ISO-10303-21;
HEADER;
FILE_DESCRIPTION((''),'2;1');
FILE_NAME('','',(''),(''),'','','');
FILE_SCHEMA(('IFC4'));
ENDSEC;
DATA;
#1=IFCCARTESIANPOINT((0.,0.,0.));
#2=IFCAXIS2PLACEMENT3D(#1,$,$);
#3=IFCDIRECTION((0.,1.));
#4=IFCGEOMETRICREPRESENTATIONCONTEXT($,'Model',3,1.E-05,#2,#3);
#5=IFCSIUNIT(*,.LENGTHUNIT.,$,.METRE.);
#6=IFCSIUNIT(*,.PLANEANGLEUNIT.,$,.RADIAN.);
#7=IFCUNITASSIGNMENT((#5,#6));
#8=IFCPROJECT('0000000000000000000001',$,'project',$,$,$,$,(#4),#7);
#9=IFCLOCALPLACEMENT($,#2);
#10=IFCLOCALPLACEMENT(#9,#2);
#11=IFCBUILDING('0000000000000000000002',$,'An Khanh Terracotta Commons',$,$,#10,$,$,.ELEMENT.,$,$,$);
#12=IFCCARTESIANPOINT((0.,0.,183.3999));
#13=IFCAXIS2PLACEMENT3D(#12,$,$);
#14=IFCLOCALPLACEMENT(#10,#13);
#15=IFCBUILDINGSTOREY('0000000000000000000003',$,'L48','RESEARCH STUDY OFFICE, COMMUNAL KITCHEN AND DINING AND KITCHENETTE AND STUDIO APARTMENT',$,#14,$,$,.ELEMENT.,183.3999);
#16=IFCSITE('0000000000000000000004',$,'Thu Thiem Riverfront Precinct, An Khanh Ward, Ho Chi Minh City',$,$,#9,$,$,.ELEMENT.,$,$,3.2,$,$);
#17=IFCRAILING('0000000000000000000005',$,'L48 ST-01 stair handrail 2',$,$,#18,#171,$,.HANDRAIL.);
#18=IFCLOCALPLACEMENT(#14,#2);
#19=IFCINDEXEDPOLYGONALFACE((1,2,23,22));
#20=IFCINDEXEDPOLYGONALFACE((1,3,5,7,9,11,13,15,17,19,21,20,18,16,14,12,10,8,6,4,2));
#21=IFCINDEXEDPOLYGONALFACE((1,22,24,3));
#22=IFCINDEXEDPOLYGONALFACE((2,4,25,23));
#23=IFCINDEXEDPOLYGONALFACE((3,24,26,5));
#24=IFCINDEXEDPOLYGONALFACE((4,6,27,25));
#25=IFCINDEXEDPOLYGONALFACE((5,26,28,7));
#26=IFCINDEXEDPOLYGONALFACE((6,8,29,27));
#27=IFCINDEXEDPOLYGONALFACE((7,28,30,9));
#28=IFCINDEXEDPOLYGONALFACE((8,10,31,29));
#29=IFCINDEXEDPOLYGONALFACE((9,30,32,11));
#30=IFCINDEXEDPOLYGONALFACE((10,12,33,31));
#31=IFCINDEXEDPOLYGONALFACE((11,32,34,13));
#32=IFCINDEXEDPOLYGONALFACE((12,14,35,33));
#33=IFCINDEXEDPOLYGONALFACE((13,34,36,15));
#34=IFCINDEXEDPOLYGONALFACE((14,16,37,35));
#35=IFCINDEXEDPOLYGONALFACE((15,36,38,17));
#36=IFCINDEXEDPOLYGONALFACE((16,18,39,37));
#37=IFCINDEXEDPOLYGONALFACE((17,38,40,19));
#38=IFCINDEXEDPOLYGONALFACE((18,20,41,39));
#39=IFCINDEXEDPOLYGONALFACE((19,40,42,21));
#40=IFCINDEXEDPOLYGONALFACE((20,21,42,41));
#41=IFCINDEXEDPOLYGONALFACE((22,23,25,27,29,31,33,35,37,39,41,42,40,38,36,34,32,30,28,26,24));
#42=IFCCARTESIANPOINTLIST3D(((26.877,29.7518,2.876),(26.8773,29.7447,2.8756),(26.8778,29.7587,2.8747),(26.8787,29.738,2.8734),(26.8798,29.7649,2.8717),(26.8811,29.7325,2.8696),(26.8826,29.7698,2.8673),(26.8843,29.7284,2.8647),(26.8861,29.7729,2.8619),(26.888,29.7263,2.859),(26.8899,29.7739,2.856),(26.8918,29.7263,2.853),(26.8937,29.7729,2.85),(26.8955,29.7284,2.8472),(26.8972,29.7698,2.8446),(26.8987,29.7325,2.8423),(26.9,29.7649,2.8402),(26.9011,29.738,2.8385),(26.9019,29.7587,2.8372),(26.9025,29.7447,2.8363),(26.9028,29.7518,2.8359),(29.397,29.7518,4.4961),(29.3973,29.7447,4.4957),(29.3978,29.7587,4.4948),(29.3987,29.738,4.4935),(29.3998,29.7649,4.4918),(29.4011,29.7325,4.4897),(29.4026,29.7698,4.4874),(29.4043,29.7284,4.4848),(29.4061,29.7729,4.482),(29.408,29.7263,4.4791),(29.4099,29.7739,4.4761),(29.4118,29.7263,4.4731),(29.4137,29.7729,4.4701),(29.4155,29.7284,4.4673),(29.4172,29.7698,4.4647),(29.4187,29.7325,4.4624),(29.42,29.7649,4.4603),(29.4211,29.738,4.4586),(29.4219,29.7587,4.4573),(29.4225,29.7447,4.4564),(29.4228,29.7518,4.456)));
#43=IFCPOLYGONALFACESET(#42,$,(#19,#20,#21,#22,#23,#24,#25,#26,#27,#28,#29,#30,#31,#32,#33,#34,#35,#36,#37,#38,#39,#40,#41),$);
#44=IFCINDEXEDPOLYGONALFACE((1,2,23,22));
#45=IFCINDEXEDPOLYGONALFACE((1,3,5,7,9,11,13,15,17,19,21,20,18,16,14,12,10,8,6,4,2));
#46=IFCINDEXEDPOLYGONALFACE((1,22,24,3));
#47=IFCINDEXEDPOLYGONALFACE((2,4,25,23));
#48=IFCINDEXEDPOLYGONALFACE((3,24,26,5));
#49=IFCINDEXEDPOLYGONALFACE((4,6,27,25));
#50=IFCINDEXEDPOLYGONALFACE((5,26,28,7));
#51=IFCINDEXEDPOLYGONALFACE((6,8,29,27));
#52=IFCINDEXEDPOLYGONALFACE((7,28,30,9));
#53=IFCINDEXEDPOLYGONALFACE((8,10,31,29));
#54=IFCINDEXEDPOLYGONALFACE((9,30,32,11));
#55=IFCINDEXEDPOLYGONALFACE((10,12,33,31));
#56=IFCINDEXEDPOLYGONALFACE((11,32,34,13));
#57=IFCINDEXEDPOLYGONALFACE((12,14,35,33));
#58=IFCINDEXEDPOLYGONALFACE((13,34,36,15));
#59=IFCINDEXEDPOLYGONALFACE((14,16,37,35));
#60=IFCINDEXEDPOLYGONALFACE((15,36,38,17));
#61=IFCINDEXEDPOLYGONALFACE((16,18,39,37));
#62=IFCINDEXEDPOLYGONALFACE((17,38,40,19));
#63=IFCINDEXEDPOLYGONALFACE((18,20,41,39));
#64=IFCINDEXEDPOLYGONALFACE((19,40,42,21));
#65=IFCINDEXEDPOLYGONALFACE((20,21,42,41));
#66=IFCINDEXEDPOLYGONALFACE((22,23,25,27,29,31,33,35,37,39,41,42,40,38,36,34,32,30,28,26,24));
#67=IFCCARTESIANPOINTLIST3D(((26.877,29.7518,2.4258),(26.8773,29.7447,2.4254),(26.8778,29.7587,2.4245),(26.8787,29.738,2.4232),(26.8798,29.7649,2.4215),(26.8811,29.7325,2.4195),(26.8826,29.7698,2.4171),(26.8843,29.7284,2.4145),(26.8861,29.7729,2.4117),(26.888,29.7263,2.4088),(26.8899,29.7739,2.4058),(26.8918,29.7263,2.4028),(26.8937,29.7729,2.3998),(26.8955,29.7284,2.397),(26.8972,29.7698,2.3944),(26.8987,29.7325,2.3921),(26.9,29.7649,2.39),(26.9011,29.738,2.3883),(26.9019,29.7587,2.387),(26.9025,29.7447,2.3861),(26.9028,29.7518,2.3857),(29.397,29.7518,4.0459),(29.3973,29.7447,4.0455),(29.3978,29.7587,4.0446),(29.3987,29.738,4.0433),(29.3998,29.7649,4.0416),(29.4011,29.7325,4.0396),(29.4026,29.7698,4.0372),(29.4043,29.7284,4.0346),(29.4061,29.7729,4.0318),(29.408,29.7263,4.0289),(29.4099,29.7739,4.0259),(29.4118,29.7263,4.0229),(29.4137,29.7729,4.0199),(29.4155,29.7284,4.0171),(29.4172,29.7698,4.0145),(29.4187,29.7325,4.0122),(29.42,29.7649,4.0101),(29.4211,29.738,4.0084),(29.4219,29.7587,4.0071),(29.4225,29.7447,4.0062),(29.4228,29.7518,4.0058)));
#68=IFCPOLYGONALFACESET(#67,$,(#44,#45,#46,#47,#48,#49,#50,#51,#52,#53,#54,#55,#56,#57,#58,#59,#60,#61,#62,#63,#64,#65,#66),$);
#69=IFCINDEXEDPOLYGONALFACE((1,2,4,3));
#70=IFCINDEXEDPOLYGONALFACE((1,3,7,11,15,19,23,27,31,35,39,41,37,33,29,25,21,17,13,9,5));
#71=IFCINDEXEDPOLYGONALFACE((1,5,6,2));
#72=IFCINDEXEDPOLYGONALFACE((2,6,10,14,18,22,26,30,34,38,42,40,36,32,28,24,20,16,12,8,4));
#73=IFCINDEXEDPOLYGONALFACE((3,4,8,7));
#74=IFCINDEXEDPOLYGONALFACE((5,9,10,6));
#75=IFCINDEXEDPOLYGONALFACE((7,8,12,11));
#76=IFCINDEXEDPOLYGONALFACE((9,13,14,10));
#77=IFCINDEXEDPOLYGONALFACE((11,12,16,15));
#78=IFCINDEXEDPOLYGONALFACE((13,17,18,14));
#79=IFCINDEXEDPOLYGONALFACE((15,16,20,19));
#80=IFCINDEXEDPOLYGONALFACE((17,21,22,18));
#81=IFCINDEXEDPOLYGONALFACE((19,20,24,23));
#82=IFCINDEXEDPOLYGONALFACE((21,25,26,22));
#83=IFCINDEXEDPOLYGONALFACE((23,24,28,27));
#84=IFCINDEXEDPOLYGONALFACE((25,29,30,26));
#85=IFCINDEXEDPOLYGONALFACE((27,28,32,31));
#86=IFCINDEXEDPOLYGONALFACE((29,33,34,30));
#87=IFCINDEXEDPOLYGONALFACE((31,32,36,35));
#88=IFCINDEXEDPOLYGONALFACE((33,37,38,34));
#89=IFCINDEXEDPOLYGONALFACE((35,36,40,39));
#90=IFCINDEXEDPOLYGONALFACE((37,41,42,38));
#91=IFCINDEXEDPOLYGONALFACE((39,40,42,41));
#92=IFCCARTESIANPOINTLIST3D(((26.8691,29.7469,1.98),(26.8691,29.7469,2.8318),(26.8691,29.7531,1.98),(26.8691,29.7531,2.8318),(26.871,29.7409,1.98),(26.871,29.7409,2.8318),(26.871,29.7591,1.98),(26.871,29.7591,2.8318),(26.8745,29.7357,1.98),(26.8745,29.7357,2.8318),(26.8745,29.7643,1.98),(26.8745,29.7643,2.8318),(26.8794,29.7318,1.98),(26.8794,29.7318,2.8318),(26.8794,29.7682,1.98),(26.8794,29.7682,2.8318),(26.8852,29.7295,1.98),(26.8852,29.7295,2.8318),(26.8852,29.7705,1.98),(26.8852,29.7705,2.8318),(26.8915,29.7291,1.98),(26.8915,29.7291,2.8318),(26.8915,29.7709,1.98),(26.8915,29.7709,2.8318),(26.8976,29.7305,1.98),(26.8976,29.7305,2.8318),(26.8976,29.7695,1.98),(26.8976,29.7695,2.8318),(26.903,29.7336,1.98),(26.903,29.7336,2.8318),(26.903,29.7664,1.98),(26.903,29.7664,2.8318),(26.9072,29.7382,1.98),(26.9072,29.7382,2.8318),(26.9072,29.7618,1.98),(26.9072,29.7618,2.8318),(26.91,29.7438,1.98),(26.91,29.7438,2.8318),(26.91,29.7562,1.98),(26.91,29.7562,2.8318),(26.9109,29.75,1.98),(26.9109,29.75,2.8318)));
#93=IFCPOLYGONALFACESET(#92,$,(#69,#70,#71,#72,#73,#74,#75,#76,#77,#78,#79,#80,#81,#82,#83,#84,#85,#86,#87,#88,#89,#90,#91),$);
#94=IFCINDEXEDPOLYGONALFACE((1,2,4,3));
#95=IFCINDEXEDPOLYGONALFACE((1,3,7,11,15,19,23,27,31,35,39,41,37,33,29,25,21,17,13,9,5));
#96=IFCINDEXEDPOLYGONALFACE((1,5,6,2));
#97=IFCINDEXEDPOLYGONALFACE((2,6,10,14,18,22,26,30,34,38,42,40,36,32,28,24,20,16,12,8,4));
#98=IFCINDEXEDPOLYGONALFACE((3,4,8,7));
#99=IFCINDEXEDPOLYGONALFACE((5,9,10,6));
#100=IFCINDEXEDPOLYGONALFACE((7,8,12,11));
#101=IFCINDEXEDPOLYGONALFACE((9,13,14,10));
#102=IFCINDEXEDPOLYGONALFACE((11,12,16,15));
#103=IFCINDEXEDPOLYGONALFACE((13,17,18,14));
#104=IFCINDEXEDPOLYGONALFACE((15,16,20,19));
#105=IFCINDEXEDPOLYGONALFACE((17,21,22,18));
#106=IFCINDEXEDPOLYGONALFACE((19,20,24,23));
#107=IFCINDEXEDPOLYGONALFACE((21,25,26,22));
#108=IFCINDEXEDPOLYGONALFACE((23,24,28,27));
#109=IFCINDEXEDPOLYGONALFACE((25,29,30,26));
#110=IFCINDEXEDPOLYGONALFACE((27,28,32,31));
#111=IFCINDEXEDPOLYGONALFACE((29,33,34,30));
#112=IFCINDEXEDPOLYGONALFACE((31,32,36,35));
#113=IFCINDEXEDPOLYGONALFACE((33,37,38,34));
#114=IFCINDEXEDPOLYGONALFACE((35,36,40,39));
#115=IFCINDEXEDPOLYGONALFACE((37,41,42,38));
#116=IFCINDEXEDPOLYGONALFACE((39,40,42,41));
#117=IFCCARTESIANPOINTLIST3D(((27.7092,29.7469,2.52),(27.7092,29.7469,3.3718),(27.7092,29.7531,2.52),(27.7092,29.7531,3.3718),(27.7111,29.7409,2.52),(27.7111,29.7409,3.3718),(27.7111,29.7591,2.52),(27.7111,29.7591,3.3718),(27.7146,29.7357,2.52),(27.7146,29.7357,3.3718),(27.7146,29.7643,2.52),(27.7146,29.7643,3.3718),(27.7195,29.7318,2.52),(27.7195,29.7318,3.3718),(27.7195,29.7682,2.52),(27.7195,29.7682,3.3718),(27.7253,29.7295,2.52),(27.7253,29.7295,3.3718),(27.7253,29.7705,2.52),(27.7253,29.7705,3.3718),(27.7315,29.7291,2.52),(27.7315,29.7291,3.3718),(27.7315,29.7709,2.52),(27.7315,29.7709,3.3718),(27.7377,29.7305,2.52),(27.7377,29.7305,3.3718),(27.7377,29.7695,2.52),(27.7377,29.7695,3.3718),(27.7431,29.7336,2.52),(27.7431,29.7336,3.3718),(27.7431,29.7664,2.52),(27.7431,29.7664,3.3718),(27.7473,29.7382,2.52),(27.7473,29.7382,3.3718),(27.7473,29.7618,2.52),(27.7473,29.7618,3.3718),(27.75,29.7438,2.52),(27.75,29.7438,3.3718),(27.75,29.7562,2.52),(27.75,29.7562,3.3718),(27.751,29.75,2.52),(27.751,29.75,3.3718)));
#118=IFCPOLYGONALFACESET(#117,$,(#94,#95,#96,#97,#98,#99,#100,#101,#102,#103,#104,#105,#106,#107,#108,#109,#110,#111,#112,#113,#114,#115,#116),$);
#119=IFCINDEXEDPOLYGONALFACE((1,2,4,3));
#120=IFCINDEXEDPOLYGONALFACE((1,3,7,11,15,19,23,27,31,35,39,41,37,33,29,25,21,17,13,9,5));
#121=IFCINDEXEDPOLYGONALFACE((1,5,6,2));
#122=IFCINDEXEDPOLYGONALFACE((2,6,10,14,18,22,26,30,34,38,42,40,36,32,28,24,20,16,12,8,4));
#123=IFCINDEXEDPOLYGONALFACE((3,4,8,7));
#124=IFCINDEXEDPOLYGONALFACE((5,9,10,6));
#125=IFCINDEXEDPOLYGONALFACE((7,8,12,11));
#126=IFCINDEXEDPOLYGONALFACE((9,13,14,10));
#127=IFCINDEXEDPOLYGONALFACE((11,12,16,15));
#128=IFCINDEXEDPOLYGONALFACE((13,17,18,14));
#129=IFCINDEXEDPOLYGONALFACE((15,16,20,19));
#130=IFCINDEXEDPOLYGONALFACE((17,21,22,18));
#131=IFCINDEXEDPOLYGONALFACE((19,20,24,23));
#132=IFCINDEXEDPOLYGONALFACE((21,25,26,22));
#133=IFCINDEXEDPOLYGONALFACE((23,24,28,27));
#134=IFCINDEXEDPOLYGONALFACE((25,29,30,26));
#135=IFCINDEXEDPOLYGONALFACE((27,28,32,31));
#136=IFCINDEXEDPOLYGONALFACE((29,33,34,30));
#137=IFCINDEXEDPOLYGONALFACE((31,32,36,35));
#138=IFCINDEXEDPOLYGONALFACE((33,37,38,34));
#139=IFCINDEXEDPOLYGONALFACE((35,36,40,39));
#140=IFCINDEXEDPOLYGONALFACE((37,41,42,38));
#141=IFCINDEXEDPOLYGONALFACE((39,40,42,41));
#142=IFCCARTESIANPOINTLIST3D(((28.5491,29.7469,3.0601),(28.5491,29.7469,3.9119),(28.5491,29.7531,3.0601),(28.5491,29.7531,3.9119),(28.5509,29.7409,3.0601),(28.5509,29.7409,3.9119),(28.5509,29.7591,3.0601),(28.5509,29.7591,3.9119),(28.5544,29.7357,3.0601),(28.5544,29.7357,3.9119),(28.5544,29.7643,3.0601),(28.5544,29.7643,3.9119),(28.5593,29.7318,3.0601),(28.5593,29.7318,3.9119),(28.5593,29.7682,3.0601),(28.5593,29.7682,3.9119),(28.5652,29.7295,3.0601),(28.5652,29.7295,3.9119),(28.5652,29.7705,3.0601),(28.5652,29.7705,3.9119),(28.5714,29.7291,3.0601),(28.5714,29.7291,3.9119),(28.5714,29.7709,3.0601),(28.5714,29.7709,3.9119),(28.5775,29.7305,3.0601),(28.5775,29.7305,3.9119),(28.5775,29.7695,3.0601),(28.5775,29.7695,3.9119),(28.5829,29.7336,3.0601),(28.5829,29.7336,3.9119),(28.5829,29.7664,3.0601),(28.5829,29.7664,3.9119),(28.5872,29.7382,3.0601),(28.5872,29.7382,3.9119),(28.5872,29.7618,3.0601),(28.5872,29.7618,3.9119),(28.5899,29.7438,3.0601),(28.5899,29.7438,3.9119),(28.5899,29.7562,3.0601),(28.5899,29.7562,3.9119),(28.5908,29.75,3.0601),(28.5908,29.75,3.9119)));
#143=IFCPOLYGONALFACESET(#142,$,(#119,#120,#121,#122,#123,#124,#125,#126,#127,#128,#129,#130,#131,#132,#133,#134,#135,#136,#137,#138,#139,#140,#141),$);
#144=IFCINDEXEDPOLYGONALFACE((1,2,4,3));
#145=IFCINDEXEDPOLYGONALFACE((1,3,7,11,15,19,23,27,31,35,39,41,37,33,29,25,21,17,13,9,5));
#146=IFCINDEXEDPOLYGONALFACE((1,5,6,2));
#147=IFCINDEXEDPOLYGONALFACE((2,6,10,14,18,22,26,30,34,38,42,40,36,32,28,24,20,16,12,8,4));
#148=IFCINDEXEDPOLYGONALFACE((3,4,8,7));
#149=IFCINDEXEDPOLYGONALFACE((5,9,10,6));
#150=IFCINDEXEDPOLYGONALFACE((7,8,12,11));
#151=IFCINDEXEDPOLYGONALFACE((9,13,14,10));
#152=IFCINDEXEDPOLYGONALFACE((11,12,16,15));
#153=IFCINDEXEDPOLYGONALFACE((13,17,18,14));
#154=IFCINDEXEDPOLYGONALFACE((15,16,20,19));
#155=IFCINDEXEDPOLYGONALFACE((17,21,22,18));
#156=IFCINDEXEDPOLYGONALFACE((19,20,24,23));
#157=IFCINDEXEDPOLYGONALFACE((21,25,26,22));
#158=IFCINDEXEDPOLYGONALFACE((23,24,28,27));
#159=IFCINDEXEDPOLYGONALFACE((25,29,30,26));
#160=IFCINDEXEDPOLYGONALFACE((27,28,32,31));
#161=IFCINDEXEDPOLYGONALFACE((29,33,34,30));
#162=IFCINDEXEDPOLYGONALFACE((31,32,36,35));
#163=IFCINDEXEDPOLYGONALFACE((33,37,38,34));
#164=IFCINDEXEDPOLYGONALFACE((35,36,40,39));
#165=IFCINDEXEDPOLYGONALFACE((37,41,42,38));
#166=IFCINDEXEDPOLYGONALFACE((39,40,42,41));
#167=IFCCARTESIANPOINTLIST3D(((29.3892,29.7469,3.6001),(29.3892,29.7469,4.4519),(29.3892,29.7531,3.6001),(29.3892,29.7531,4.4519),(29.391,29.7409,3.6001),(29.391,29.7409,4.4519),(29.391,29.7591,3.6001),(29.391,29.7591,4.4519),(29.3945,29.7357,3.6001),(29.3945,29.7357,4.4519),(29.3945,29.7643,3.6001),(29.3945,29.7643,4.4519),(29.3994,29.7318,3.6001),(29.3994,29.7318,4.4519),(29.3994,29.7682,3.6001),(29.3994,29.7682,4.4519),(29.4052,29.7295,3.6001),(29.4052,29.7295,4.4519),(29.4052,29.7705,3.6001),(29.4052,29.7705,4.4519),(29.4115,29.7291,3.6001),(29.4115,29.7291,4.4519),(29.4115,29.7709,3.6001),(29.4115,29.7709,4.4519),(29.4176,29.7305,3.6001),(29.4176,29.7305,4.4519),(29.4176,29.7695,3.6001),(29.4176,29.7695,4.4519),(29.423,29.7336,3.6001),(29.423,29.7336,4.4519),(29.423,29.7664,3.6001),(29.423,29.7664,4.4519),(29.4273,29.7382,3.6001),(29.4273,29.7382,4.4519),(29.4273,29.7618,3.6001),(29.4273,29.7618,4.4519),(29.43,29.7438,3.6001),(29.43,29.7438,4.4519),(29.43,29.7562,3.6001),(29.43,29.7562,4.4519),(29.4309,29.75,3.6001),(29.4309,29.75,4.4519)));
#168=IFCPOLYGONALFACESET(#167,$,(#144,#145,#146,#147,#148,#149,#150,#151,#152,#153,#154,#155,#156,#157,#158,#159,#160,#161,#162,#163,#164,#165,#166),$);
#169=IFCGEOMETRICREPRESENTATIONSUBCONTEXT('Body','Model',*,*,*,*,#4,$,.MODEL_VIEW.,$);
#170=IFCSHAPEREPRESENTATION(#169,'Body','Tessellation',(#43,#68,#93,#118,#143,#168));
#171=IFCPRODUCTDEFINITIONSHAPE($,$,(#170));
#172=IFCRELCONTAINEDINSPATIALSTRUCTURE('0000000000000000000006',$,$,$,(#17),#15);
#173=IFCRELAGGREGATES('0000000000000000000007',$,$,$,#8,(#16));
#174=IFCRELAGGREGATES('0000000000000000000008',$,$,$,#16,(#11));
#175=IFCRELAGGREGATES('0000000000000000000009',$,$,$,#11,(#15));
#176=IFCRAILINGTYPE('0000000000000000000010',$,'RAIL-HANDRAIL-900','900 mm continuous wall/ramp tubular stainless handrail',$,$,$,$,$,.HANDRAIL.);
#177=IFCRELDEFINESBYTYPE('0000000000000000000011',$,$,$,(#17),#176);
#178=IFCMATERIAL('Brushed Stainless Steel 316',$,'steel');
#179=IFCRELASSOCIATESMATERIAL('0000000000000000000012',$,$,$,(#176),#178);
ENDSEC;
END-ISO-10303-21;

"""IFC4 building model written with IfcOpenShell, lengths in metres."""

from ifc_helpers import new_model, si_unit, direction, frame, origin, origin_2d, place, context, subcontext, project, spatial, circle, extrude, material, type_object, element, save


model = new_model("IFC4")

# Units and contexts
model_context = context("Model", 3, precision=1e-05, world=origin(), true_north=direction((0.0, 1.0)))
body_context = subcontext(model_context, "Body", "Model", "MODEL_VIEW")
ifc_project = project(units=[si_unit("LENGTHUNIT", "METRE"), si_unit("PLANEANGLEUNIT", "RADIAN")], contexts=[model_context])

# Site, building, storey
site_placement = place(None, origin())
site = spatial("IfcSite", under=ifc_project, at=site_placement, Name="Thu Thiem Riverfront Precinct, An Khanh Ward, Ho Chi Minh City", CompositionType="ELEMENT", RefElevation=3.2)
building_placement = place(site_placement, origin())
building = spatial("IfcBuilding", under=site, at=building_placement, Name="An Khanh Terracotta Commons", CompositionType="ELEMENT")
storey_placement = place(building_placement, frame((0.0, 0.0, 183.3999)))
storey = spatial("IfcBuildingStorey", under=building, at=storey_placement, Name="L48", Description="RESEARCH STUDY OFFICE, COMMUNAL KITCHEN AND DINING AND KITCHENETTE AND STUDIO APARTMENT", CompositionType="ELEMENT", Elevation=183.3999)

# Railing
ifc_material_1 = material(Name="Brushed Stainless Steel 316", Category="steel")
railing_type_1 = type_object("IfcRailingType", Name="RAIL-HANDRAIL-900", Description="900 mm continuous wall/ramp tubular stainless handrail", PredefinedType="HANDRAIL", material=ifc_material_1)
railing_1_placement = place(storey_placement, frame((26.8899, 29.75, 1.98)))
element("IfcRailing", 1, at=railing_1_placement, inside=storey, type_object=railing_type_1, Name="L48 ST-01 stair handrail 2", PredefinedType="HANDRAIL", context=body_context, shape_type="SweptSolid", body=[
    extrude(circle(Radius=0.0239, at=origin_2d()), frame((0.0, 0.0, 0.876), z_axis=(0.841163, 0.0, 0.540782), x_axis=(0.0, 1.0, 0.0)), (0.0, 0.0, 1.0), 2.9958),
    extrude(circle(Radius=0.0239, at=origin_2d()), frame((0.0, 0.0, 0.4258), z_axis=(0.841163, 0.0, 0.540782), x_axis=(0.0, 1.0, 0.0)), (0.0, 0.0, 1.0), 2.9958),
    extrude(circle(Radius=0.021, at=origin_2d()), origin(), (0.0, 0.0, 1.0), 0.8518),
    extrude(circle(Radius=0.021, at=origin_2d()), frame((0.8401, 0.0, 0.54)), (0.0, 0.0, 1.0), 0.8518),
    extrude(circle(Radius=0.021, at=origin_2d()), frame((1.6799, 0.0, 1.0801)), (0.0, 0.0, 1.0), 0.8518),
    extrude(circle(Radius=0.021, at=origin_2d()), frame((2.52, 0.0, 1.6201)), (0.0, 0.0, 1.0), 0.8518),
])

save(model, "model.ifc")
